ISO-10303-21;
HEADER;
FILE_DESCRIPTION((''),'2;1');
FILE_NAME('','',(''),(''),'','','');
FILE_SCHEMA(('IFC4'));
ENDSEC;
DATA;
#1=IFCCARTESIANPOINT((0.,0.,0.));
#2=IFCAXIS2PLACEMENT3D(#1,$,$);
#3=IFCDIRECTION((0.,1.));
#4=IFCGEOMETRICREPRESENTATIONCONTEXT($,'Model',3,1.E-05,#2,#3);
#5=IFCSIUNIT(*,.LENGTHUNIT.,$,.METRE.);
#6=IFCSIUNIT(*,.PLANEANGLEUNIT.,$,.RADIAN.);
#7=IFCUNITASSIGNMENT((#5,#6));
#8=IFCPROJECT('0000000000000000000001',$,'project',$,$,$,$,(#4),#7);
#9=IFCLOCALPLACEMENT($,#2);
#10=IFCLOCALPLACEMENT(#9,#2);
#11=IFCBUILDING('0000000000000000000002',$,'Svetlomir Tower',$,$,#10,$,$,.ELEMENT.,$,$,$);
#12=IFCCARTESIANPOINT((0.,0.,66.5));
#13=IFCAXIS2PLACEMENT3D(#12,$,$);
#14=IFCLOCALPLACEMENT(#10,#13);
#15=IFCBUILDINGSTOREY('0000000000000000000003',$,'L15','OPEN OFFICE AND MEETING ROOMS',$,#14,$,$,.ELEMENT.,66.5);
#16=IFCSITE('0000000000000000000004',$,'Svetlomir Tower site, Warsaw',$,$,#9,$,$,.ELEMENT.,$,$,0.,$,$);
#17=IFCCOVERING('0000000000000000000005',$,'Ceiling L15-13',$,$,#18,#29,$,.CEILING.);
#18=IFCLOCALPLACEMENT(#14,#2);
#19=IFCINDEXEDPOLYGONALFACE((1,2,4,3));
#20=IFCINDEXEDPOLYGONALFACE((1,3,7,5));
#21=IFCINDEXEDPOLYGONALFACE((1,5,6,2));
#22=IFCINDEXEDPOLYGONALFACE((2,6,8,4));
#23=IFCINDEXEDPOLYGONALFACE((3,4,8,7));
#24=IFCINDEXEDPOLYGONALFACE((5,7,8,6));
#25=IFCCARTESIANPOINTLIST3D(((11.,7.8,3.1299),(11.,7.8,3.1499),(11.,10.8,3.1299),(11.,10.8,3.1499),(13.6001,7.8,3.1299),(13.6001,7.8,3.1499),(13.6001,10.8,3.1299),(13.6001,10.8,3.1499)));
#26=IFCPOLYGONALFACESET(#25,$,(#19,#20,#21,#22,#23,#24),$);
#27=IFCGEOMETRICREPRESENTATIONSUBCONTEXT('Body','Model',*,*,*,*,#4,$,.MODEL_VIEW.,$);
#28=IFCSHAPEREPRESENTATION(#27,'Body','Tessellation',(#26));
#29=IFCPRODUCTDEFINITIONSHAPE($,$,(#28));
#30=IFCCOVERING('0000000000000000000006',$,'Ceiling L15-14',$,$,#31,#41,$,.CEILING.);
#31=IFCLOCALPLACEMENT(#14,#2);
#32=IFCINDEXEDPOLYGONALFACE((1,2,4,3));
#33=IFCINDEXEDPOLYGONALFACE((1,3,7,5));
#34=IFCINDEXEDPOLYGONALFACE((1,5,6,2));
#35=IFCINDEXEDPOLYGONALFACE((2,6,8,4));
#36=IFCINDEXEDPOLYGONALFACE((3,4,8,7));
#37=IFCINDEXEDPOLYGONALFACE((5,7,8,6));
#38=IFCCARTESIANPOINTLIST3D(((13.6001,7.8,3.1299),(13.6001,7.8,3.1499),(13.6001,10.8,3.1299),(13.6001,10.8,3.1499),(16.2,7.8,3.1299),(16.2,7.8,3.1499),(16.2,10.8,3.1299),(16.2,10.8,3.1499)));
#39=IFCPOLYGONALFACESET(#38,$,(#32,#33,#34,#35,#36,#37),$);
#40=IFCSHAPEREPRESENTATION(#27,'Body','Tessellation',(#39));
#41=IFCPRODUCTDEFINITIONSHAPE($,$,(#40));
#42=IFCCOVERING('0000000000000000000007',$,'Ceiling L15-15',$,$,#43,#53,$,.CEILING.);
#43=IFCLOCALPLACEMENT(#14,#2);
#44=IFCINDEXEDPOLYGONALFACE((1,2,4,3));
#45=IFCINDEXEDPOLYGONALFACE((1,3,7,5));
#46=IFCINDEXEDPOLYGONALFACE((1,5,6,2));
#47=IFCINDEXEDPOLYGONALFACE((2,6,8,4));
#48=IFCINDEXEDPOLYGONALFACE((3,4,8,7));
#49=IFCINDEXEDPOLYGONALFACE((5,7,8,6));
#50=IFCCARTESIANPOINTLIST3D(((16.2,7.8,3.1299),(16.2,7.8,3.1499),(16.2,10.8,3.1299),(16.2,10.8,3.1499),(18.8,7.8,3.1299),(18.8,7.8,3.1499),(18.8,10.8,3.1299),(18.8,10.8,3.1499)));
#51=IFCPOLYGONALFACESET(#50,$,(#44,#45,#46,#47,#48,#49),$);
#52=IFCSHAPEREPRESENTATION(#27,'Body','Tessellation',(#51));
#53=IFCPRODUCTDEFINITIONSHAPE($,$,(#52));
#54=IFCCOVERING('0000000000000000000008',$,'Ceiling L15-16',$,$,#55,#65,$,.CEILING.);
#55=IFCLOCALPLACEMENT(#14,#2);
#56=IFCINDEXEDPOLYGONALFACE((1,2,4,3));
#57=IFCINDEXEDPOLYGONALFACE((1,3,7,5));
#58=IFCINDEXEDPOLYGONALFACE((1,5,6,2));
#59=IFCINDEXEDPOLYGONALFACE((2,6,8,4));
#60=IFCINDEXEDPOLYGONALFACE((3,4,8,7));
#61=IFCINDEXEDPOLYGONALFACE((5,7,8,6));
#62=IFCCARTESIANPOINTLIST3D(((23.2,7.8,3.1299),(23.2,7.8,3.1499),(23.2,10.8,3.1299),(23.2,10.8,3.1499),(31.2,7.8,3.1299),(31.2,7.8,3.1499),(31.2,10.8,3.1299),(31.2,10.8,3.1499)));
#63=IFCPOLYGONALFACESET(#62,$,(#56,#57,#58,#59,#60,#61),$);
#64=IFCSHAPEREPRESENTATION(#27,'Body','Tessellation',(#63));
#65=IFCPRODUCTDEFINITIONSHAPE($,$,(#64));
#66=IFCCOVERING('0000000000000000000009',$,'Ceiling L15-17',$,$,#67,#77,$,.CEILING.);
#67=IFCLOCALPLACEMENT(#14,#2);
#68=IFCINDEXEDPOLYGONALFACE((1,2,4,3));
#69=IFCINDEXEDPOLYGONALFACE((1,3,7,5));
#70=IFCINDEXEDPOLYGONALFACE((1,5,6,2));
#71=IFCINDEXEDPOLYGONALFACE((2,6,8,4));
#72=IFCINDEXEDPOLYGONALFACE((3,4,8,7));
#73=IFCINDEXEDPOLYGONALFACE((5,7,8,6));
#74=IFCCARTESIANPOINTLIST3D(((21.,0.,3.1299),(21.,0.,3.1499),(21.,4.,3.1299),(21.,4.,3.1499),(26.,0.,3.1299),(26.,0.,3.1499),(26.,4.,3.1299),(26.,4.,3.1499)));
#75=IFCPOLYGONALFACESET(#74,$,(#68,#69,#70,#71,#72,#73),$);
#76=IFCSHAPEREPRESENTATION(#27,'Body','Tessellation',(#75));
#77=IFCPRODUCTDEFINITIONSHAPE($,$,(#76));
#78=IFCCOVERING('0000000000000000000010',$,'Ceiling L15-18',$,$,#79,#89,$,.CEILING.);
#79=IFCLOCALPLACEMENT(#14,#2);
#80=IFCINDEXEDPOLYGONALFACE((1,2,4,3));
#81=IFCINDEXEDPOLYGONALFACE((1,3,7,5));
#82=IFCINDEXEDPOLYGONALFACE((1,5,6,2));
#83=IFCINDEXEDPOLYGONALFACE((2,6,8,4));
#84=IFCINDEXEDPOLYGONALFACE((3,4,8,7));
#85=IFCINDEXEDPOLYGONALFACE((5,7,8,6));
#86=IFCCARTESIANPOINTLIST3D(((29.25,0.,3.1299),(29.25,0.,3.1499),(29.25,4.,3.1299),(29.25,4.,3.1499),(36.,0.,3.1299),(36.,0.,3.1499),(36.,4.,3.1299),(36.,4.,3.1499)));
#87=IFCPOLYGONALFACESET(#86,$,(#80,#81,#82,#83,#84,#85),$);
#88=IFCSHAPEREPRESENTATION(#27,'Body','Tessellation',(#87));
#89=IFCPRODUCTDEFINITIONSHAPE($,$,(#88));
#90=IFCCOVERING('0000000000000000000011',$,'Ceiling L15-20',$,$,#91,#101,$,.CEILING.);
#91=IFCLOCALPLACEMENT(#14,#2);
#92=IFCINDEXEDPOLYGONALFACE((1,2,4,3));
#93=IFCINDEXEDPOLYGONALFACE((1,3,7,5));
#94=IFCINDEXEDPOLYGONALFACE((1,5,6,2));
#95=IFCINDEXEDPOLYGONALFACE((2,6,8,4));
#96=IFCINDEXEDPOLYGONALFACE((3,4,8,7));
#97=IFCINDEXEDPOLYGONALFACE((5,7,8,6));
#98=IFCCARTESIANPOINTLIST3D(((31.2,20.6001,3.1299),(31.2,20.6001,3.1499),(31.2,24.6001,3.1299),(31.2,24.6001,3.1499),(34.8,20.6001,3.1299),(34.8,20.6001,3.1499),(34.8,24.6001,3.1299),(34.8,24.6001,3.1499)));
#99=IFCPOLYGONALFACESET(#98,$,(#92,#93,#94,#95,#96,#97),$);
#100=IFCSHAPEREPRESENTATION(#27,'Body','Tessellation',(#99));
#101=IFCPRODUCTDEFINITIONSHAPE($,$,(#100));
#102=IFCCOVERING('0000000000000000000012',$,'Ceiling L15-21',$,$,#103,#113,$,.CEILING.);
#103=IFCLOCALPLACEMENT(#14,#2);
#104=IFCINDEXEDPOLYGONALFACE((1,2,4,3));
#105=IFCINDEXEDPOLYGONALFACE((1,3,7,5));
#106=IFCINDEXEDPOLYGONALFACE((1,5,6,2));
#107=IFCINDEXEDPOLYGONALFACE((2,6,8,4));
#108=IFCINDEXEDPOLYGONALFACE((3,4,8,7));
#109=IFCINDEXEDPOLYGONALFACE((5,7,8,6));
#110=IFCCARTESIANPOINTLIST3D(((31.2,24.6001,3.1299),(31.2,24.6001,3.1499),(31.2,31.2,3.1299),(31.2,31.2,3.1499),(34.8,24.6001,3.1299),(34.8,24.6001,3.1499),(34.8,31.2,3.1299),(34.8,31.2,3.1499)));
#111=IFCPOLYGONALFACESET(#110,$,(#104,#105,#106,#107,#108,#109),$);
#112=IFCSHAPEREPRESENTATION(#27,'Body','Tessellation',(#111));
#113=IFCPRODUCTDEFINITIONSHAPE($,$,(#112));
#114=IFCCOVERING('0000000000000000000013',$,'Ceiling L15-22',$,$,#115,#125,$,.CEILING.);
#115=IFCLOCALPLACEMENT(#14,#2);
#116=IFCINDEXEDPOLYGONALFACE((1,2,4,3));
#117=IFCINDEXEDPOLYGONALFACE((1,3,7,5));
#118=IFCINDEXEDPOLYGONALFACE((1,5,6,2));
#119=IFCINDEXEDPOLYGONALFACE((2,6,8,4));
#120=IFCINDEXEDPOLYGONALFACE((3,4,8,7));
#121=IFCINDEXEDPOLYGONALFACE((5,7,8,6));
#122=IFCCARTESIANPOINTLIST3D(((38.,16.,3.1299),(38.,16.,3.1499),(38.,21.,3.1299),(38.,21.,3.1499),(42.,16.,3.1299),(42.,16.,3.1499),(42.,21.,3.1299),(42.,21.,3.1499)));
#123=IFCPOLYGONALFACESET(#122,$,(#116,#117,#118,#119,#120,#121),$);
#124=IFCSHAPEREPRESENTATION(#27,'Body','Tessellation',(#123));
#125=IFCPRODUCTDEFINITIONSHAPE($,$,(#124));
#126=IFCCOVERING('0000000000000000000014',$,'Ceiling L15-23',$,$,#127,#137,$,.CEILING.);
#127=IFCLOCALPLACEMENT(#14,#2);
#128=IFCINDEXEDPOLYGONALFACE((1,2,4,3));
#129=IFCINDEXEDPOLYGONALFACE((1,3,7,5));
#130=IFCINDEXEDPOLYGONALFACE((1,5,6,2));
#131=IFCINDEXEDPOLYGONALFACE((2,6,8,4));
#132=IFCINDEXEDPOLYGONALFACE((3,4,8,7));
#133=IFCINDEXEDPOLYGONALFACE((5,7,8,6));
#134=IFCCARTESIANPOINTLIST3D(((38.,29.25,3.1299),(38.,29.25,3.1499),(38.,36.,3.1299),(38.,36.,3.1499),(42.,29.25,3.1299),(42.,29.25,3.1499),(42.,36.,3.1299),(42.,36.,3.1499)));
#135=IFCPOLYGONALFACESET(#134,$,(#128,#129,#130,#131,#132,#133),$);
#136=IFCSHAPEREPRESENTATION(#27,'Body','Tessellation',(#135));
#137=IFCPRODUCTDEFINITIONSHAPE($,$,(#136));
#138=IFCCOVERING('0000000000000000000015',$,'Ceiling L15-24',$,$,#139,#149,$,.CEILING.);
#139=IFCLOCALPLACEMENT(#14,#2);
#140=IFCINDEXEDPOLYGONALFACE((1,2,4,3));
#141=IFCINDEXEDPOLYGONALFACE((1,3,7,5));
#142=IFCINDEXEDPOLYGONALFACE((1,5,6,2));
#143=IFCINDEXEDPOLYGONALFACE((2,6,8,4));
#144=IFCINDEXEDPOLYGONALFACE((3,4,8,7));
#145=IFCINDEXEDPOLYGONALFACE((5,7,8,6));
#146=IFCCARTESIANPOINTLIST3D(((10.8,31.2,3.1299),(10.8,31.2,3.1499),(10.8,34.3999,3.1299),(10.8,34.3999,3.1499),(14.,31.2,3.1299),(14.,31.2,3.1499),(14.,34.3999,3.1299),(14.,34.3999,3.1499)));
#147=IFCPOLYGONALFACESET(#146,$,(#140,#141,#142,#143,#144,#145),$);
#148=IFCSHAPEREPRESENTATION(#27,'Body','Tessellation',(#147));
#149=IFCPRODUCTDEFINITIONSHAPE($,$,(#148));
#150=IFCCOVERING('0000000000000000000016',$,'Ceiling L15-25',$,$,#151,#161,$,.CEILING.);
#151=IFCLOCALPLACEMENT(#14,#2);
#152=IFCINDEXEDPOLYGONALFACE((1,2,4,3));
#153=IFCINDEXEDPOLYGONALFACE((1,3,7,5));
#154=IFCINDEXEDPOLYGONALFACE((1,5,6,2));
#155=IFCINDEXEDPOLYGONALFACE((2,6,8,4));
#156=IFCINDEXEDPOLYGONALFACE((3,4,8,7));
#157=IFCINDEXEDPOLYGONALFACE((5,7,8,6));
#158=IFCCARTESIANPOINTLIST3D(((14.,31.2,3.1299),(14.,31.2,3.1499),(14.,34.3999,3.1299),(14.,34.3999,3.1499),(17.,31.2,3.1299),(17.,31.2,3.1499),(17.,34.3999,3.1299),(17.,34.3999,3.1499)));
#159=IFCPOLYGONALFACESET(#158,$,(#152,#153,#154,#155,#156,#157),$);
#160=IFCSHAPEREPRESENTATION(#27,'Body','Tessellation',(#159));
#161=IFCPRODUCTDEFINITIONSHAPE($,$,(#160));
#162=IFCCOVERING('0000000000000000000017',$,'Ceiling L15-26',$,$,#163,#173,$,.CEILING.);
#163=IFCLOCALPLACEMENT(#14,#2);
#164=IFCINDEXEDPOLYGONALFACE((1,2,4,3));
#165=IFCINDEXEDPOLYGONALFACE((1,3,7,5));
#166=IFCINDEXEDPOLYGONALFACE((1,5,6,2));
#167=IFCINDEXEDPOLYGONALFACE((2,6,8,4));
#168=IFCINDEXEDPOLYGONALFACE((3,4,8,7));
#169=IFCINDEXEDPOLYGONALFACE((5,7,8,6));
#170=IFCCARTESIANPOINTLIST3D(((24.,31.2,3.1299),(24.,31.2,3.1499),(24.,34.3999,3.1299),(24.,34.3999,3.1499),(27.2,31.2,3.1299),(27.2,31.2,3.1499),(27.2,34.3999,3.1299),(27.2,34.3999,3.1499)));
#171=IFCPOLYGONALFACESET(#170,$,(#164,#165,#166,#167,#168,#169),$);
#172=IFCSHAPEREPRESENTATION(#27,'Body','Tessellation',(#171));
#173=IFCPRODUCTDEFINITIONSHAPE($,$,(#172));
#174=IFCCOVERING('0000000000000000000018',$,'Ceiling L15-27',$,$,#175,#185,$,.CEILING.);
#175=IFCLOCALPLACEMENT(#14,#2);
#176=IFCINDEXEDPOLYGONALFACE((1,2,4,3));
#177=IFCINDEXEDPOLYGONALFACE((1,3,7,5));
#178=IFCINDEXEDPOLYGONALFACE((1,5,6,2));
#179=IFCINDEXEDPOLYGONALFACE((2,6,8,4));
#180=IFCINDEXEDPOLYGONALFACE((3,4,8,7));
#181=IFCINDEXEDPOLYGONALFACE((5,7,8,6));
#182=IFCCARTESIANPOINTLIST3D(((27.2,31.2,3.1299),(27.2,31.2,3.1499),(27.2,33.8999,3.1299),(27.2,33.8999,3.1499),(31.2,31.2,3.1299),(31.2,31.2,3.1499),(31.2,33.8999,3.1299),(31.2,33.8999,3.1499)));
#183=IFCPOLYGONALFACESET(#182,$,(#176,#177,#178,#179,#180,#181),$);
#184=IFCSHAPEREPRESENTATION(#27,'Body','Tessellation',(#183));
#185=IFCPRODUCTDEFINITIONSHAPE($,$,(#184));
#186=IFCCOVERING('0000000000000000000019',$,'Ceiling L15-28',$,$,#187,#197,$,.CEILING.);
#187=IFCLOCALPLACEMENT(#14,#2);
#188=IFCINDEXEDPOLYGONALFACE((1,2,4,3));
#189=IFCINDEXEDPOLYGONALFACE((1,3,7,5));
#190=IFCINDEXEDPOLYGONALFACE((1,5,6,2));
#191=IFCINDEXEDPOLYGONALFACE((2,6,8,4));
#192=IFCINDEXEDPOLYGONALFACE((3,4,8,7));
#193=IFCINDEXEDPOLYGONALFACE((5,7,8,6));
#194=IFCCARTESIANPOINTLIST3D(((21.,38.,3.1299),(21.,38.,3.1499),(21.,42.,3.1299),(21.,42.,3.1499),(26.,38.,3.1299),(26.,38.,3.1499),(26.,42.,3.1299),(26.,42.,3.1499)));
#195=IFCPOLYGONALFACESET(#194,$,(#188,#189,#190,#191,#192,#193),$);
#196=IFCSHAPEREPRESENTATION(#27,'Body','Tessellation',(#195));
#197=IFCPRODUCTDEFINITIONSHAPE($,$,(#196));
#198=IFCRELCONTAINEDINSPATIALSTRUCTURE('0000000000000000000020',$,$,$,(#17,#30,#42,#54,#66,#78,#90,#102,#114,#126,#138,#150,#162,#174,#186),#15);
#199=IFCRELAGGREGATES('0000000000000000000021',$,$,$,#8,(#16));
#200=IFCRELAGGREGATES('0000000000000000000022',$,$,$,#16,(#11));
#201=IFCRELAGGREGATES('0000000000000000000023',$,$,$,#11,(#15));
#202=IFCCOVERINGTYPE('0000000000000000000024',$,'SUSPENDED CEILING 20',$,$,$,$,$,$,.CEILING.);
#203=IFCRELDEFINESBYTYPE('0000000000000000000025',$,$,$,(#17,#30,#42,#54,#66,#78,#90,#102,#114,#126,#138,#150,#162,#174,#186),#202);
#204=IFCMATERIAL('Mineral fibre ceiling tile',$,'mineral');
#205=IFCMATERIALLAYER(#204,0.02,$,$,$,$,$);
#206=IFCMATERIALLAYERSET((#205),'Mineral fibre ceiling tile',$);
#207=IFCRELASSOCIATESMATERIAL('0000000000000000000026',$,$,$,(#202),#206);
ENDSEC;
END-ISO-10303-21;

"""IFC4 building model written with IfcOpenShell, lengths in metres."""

from ifc_helpers import new_model, si_unit, direction, frame, origin, place, context, subcontext, project, spatial, polyline, outline, extrude, material, layer, layer_set, type_object, element, save


model = new_model("IFC4")

# Units and contexts
model_context = context("Model", 3, precision=1e-05, world=origin(), true_north=direction((0.0, 1.0)))
body_context = subcontext(model_context, "Body", "Model", "MODEL_VIEW")
ifc_project = project(units=[si_unit("LENGTHUNIT", "METRE"), si_unit("PLANEANGLEUNIT", "RADIAN")], contexts=[model_context])

# Site, building, storey
site_placement = place(None, origin())
site = spatial("IfcSite", under=ifc_project, at=site_placement, Name="Svetlomir Tower site, Warsaw", CompositionType="ELEMENT", RefElevation=0.0)
building_placement = place(site_placement, origin())
building = spatial("IfcBuilding", under=site, at=building_placement, Name="Svetlomir Tower", CompositionType="ELEMENT")
storey_placement = place(building_placement, frame((0.0, 0.0, 66.5)))
storey = spatial("IfcBuildingStorey", under=building, at=storey_placement, Name="L15", Description="OPEN OFFICE AND MEETING ROOMS", CompositionType="ELEMENT", Elevation=66.5)

# Coverings
ifc_material_1 = material(Name="Mineral fibre ceiling tile", Category="mineral")
ifc_layer_1 = layer(ifc_material_1, 0.02)
ifc_layer_set_1 = layer_set([ifc_layer_1], Name="Mineral fibre ceiling tile")
covering_type_1 = type_object("IfcCoveringType", Name="SUSPENDED CEILING 20", PredefinedType="CEILING", material=ifc_layer_set_1)
covering_1_placement = place(storey_placement, frame((0.0, 0.0, 3.1299)))
element("IfcCovering", 1, at=covering_1_placement, inside=storey, type_object=covering_type_1, Name="Ceiling L15-13", PredefinedType="CEILING", context=body_context, shape_type="SweptSolid", body=[
    extrude(outline(polyline([(11.0, 7.8), (13.6001, 7.8), (13.6001, 10.8), (11.0, 10.8), (11.0, 7.8)])), origin(), (0.0, 0.0, 1.0), 0.02),
])
covering_2_placement = place(storey_placement, frame((0.0, 0.0, 3.1299)))
element("IfcCovering", 2, at=covering_2_placement, inside=storey, type_object=covering_type_1, Name="Ceiling L15-14", PredefinedType="CEILING", context=body_context, shape_type="SweptSolid", body=[
    extrude(outline(polyline([(13.6001, 7.8), (16.2, 7.8), (16.2, 10.8), (13.6001, 10.8), (13.6001, 7.8)])), origin(), (0.0, 0.0, 1.0), 0.02),
])
covering_3_placement = place(storey_placement, frame((0.0, 0.0, 3.1299)))
element("IfcCovering", 3, at=covering_3_placement, inside=storey, type_object=covering_type_1, Name="Ceiling L15-15", PredefinedType="CEILING", context=body_context, shape_type="SweptSolid", body=[
    extrude(outline(polyline([(16.2, 7.8), (18.8, 7.8), (18.8, 10.8), (16.2, 10.8), (16.2, 7.8)])), origin(), (0.0, 0.0, 1.0), 0.02),
])
covering_4_placement = place(storey_placement, frame((0.0, 0.0, 3.1299)))
element("IfcCovering", 4, at=covering_4_placement, inside=storey, type_object=covering_type_1, Name="Ceiling L15-16", PredefinedType="CEILING", context=body_context, shape_type="SweptSolid", body=[
    extrude(outline(polyline([(23.2, 7.8), (31.2, 7.8), (31.2, 10.8), (23.2, 10.8), (23.2, 7.8)])), origin(), (0.0, 0.0, 1.0), 0.02),
])
covering_5_placement = place(storey_placement, frame((0.0, 0.0, 3.1299)))
element("IfcCovering", 5, at=covering_5_placement, inside=storey, type_object=covering_type_1, Name="Ceiling L15-17", PredefinedType="CEILING", context=body_context, shape_type="SweptSolid", body=[
    extrude(outline(polyline([(21.0, 0.0), (26.0, 0.0), (26.0, 4.0), (21.0, 4.0), (21.0, 0.0)])), origin(), (0.0, 0.0, 1.0), 0.02),
])
covering_6_placement = place(storey_placement, frame((0.0, 0.0, 3.1299)))
element("IfcCovering", 6, at=covering_6_placement, inside=storey, type_object=covering_type_1, Name="Ceiling L15-18", PredefinedType="CEILING", context=body_context, shape_type="SweptSolid", body=[
    extrude(outline(polyline([(29.25, 0.0), (36.0, 0.0), (36.0, 4.0), (29.25, 4.0), (29.25, 0.0)])), origin(), (0.0, 0.0, 1.0), 0.02),
])
covering_7_placement = place(storey_placement, frame((0.0, 0.0, 3.1299)))
element("IfcCovering", 7, at=covering_7_placement, inside=storey, type_object=covering_type_1, Name="Ceiling L15-20", PredefinedType="CEILING", context=body_context, shape_type="SweptSolid", body=[
    extrude(outline(polyline([(31.2, 20.6001), (34.8, 20.6001), (34.8, 24.6001), (31.2, 24.6001), (31.2, 20.6001)])), origin(), (0.0, 0.0, 1.0), 0.02),
])
covering_8_placement = place(storey_placement, frame((0.0, 0.0, 3.1299)))
element("IfcCovering", 8, at=covering_8_placement, inside=storey, type_object=covering_type_1, Name="Ceiling L15-21", PredefinedType="CEILING", context=body_context, shape_type="SweptSolid", body=[
    extrude(outline(polyline([(31.2, 24.6001), (34.8, 24.6001), (34.8, 31.2), (31.2, 31.2), (31.2, 24.6001)])), origin(), (0.0, 0.0, 1.0), 0.02),
])
covering_9_placement = place(storey_placement, frame((0.0, 0.0, 3.1299)))
element("IfcCovering", 9, at=covering_9_placement, inside=storey, type_object=covering_type_1, Name="Ceiling L15-22", PredefinedType="CEILING", context=body_context, shape_type="SweptSolid", body=[
    extrude(outline(polyline([(38.0, 16.0), (42.0, 16.0), (42.0, 21.0), (38.0, 21.0), (38.0, 16.0)])), origin(), (0.0, 0.0, 1.0), 0.02),
])
covering_10_placement = place(storey_placement, frame((0.0, 0.0, 3.1299)))
element("IfcCovering", 10, at=covering_10_placement, inside=storey, type_object=covering_type_1, Name="Ceiling L15-23", PredefinedType="CEILING", context=body_context, shape_type="SweptSolid", body=[
    extrude(outline(polyline([(38.0, 29.25), (42.0, 29.25), (42.0, 36.0), (38.0, 36.0), (38.0, 29.25)])), origin(), (0.0, 0.0, 1.0), 0.02),
])
covering_11_placement = place(storey_placement, frame((0.0, 0.0, 3.1299)))
element("IfcCovering", 11, at=covering_11_placement, inside=storey, type_object=covering_type_1, Name="Ceiling L15-24", PredefinedType="CEILING", context=body_context, shape_type="SweptSolid", body=[
    extrude(outline(polyline([(10.8, 31.2), (14.0, 31.2), (14.0, 34.3999), (10.8, 34.3999), (10.8, 31.2)])), origin(), (0.0, 0.0, 1.0), 0.02),
])
covering_12_placement = place(storey_placement, frame((0.0, 0.0, 3.1299)))
element("IfcCovering", 12, at=covering_12_placement, inside=storey, type_object=covering_type_1, Name="Ceiling L15-25", PredefinedType="CEILING", context=body_context, shape_type="SweptSolid", body=[
    extrude(outline(polyline([(14.0, 31.2), (17.0, 31.2), (17.0, 34.3999), (14.0, 34.3999), (14.0, 31.2)])), origin(), (0.0, 0.0, 1.0), 0.02),
])
covering_13_placement = place(storey_placement, frame((0.0, 0.0, 3.1299)))
element("IfcCovering", 13, at=covering_13_placement, inside=storey, type_object=covering_type_1, Name="Ceiling L15-26", PredefinedType="CEILING", context=body_context, shape_type="SweptSolid", body=[
    extrude(outline(polyline([(24.0, 31.2), (27.2, 31.2), (27.2, 34.3999), (24.0, 34.3999), (24.0, 31.2)])), origin(), (0.0, 0.0, 1.0), 0.02),
])
covering_14_placement = place(storey_placement, frame((0.0, 0.0, 3.1299)))
element("IfcCovering", 14, at=covering_14_placement, inside=storey, type_object=covering_type_1, Name="Ceiling L15-27", PredefinedType="CEILING", context=body_context, shape_type="SweptSolid", body=[
    extrude(outline(polyline([(27.2, 31.2), (31.2, 31.2), (31.2, 33.8999), (27.2, 33.8999), (27.2, 31.2)])), origin(), (0.0, 0.0, 1.0), 0.02),
])
covering_15_placement = place(storey_placement, frame((0.0, 0.0, 3.1299)))
element("IfcCovering", 15, at=covering_15_placement, inside=storey, type_object=covering_type_1, Name="Ceiling L15-28", PredefinedType="CEILING", context=body_context, shape_type="SweptSolid", body=[
    extrude(outline(polyline([(21.0, 38.0), (26.0, 38.0), (26.0, 42.0), (21.0, 42.0), (21.0, 38.0)])), origin(), (0.0, 0.0, 1.0), 0.02),
])

save(model, "model.ifc")
